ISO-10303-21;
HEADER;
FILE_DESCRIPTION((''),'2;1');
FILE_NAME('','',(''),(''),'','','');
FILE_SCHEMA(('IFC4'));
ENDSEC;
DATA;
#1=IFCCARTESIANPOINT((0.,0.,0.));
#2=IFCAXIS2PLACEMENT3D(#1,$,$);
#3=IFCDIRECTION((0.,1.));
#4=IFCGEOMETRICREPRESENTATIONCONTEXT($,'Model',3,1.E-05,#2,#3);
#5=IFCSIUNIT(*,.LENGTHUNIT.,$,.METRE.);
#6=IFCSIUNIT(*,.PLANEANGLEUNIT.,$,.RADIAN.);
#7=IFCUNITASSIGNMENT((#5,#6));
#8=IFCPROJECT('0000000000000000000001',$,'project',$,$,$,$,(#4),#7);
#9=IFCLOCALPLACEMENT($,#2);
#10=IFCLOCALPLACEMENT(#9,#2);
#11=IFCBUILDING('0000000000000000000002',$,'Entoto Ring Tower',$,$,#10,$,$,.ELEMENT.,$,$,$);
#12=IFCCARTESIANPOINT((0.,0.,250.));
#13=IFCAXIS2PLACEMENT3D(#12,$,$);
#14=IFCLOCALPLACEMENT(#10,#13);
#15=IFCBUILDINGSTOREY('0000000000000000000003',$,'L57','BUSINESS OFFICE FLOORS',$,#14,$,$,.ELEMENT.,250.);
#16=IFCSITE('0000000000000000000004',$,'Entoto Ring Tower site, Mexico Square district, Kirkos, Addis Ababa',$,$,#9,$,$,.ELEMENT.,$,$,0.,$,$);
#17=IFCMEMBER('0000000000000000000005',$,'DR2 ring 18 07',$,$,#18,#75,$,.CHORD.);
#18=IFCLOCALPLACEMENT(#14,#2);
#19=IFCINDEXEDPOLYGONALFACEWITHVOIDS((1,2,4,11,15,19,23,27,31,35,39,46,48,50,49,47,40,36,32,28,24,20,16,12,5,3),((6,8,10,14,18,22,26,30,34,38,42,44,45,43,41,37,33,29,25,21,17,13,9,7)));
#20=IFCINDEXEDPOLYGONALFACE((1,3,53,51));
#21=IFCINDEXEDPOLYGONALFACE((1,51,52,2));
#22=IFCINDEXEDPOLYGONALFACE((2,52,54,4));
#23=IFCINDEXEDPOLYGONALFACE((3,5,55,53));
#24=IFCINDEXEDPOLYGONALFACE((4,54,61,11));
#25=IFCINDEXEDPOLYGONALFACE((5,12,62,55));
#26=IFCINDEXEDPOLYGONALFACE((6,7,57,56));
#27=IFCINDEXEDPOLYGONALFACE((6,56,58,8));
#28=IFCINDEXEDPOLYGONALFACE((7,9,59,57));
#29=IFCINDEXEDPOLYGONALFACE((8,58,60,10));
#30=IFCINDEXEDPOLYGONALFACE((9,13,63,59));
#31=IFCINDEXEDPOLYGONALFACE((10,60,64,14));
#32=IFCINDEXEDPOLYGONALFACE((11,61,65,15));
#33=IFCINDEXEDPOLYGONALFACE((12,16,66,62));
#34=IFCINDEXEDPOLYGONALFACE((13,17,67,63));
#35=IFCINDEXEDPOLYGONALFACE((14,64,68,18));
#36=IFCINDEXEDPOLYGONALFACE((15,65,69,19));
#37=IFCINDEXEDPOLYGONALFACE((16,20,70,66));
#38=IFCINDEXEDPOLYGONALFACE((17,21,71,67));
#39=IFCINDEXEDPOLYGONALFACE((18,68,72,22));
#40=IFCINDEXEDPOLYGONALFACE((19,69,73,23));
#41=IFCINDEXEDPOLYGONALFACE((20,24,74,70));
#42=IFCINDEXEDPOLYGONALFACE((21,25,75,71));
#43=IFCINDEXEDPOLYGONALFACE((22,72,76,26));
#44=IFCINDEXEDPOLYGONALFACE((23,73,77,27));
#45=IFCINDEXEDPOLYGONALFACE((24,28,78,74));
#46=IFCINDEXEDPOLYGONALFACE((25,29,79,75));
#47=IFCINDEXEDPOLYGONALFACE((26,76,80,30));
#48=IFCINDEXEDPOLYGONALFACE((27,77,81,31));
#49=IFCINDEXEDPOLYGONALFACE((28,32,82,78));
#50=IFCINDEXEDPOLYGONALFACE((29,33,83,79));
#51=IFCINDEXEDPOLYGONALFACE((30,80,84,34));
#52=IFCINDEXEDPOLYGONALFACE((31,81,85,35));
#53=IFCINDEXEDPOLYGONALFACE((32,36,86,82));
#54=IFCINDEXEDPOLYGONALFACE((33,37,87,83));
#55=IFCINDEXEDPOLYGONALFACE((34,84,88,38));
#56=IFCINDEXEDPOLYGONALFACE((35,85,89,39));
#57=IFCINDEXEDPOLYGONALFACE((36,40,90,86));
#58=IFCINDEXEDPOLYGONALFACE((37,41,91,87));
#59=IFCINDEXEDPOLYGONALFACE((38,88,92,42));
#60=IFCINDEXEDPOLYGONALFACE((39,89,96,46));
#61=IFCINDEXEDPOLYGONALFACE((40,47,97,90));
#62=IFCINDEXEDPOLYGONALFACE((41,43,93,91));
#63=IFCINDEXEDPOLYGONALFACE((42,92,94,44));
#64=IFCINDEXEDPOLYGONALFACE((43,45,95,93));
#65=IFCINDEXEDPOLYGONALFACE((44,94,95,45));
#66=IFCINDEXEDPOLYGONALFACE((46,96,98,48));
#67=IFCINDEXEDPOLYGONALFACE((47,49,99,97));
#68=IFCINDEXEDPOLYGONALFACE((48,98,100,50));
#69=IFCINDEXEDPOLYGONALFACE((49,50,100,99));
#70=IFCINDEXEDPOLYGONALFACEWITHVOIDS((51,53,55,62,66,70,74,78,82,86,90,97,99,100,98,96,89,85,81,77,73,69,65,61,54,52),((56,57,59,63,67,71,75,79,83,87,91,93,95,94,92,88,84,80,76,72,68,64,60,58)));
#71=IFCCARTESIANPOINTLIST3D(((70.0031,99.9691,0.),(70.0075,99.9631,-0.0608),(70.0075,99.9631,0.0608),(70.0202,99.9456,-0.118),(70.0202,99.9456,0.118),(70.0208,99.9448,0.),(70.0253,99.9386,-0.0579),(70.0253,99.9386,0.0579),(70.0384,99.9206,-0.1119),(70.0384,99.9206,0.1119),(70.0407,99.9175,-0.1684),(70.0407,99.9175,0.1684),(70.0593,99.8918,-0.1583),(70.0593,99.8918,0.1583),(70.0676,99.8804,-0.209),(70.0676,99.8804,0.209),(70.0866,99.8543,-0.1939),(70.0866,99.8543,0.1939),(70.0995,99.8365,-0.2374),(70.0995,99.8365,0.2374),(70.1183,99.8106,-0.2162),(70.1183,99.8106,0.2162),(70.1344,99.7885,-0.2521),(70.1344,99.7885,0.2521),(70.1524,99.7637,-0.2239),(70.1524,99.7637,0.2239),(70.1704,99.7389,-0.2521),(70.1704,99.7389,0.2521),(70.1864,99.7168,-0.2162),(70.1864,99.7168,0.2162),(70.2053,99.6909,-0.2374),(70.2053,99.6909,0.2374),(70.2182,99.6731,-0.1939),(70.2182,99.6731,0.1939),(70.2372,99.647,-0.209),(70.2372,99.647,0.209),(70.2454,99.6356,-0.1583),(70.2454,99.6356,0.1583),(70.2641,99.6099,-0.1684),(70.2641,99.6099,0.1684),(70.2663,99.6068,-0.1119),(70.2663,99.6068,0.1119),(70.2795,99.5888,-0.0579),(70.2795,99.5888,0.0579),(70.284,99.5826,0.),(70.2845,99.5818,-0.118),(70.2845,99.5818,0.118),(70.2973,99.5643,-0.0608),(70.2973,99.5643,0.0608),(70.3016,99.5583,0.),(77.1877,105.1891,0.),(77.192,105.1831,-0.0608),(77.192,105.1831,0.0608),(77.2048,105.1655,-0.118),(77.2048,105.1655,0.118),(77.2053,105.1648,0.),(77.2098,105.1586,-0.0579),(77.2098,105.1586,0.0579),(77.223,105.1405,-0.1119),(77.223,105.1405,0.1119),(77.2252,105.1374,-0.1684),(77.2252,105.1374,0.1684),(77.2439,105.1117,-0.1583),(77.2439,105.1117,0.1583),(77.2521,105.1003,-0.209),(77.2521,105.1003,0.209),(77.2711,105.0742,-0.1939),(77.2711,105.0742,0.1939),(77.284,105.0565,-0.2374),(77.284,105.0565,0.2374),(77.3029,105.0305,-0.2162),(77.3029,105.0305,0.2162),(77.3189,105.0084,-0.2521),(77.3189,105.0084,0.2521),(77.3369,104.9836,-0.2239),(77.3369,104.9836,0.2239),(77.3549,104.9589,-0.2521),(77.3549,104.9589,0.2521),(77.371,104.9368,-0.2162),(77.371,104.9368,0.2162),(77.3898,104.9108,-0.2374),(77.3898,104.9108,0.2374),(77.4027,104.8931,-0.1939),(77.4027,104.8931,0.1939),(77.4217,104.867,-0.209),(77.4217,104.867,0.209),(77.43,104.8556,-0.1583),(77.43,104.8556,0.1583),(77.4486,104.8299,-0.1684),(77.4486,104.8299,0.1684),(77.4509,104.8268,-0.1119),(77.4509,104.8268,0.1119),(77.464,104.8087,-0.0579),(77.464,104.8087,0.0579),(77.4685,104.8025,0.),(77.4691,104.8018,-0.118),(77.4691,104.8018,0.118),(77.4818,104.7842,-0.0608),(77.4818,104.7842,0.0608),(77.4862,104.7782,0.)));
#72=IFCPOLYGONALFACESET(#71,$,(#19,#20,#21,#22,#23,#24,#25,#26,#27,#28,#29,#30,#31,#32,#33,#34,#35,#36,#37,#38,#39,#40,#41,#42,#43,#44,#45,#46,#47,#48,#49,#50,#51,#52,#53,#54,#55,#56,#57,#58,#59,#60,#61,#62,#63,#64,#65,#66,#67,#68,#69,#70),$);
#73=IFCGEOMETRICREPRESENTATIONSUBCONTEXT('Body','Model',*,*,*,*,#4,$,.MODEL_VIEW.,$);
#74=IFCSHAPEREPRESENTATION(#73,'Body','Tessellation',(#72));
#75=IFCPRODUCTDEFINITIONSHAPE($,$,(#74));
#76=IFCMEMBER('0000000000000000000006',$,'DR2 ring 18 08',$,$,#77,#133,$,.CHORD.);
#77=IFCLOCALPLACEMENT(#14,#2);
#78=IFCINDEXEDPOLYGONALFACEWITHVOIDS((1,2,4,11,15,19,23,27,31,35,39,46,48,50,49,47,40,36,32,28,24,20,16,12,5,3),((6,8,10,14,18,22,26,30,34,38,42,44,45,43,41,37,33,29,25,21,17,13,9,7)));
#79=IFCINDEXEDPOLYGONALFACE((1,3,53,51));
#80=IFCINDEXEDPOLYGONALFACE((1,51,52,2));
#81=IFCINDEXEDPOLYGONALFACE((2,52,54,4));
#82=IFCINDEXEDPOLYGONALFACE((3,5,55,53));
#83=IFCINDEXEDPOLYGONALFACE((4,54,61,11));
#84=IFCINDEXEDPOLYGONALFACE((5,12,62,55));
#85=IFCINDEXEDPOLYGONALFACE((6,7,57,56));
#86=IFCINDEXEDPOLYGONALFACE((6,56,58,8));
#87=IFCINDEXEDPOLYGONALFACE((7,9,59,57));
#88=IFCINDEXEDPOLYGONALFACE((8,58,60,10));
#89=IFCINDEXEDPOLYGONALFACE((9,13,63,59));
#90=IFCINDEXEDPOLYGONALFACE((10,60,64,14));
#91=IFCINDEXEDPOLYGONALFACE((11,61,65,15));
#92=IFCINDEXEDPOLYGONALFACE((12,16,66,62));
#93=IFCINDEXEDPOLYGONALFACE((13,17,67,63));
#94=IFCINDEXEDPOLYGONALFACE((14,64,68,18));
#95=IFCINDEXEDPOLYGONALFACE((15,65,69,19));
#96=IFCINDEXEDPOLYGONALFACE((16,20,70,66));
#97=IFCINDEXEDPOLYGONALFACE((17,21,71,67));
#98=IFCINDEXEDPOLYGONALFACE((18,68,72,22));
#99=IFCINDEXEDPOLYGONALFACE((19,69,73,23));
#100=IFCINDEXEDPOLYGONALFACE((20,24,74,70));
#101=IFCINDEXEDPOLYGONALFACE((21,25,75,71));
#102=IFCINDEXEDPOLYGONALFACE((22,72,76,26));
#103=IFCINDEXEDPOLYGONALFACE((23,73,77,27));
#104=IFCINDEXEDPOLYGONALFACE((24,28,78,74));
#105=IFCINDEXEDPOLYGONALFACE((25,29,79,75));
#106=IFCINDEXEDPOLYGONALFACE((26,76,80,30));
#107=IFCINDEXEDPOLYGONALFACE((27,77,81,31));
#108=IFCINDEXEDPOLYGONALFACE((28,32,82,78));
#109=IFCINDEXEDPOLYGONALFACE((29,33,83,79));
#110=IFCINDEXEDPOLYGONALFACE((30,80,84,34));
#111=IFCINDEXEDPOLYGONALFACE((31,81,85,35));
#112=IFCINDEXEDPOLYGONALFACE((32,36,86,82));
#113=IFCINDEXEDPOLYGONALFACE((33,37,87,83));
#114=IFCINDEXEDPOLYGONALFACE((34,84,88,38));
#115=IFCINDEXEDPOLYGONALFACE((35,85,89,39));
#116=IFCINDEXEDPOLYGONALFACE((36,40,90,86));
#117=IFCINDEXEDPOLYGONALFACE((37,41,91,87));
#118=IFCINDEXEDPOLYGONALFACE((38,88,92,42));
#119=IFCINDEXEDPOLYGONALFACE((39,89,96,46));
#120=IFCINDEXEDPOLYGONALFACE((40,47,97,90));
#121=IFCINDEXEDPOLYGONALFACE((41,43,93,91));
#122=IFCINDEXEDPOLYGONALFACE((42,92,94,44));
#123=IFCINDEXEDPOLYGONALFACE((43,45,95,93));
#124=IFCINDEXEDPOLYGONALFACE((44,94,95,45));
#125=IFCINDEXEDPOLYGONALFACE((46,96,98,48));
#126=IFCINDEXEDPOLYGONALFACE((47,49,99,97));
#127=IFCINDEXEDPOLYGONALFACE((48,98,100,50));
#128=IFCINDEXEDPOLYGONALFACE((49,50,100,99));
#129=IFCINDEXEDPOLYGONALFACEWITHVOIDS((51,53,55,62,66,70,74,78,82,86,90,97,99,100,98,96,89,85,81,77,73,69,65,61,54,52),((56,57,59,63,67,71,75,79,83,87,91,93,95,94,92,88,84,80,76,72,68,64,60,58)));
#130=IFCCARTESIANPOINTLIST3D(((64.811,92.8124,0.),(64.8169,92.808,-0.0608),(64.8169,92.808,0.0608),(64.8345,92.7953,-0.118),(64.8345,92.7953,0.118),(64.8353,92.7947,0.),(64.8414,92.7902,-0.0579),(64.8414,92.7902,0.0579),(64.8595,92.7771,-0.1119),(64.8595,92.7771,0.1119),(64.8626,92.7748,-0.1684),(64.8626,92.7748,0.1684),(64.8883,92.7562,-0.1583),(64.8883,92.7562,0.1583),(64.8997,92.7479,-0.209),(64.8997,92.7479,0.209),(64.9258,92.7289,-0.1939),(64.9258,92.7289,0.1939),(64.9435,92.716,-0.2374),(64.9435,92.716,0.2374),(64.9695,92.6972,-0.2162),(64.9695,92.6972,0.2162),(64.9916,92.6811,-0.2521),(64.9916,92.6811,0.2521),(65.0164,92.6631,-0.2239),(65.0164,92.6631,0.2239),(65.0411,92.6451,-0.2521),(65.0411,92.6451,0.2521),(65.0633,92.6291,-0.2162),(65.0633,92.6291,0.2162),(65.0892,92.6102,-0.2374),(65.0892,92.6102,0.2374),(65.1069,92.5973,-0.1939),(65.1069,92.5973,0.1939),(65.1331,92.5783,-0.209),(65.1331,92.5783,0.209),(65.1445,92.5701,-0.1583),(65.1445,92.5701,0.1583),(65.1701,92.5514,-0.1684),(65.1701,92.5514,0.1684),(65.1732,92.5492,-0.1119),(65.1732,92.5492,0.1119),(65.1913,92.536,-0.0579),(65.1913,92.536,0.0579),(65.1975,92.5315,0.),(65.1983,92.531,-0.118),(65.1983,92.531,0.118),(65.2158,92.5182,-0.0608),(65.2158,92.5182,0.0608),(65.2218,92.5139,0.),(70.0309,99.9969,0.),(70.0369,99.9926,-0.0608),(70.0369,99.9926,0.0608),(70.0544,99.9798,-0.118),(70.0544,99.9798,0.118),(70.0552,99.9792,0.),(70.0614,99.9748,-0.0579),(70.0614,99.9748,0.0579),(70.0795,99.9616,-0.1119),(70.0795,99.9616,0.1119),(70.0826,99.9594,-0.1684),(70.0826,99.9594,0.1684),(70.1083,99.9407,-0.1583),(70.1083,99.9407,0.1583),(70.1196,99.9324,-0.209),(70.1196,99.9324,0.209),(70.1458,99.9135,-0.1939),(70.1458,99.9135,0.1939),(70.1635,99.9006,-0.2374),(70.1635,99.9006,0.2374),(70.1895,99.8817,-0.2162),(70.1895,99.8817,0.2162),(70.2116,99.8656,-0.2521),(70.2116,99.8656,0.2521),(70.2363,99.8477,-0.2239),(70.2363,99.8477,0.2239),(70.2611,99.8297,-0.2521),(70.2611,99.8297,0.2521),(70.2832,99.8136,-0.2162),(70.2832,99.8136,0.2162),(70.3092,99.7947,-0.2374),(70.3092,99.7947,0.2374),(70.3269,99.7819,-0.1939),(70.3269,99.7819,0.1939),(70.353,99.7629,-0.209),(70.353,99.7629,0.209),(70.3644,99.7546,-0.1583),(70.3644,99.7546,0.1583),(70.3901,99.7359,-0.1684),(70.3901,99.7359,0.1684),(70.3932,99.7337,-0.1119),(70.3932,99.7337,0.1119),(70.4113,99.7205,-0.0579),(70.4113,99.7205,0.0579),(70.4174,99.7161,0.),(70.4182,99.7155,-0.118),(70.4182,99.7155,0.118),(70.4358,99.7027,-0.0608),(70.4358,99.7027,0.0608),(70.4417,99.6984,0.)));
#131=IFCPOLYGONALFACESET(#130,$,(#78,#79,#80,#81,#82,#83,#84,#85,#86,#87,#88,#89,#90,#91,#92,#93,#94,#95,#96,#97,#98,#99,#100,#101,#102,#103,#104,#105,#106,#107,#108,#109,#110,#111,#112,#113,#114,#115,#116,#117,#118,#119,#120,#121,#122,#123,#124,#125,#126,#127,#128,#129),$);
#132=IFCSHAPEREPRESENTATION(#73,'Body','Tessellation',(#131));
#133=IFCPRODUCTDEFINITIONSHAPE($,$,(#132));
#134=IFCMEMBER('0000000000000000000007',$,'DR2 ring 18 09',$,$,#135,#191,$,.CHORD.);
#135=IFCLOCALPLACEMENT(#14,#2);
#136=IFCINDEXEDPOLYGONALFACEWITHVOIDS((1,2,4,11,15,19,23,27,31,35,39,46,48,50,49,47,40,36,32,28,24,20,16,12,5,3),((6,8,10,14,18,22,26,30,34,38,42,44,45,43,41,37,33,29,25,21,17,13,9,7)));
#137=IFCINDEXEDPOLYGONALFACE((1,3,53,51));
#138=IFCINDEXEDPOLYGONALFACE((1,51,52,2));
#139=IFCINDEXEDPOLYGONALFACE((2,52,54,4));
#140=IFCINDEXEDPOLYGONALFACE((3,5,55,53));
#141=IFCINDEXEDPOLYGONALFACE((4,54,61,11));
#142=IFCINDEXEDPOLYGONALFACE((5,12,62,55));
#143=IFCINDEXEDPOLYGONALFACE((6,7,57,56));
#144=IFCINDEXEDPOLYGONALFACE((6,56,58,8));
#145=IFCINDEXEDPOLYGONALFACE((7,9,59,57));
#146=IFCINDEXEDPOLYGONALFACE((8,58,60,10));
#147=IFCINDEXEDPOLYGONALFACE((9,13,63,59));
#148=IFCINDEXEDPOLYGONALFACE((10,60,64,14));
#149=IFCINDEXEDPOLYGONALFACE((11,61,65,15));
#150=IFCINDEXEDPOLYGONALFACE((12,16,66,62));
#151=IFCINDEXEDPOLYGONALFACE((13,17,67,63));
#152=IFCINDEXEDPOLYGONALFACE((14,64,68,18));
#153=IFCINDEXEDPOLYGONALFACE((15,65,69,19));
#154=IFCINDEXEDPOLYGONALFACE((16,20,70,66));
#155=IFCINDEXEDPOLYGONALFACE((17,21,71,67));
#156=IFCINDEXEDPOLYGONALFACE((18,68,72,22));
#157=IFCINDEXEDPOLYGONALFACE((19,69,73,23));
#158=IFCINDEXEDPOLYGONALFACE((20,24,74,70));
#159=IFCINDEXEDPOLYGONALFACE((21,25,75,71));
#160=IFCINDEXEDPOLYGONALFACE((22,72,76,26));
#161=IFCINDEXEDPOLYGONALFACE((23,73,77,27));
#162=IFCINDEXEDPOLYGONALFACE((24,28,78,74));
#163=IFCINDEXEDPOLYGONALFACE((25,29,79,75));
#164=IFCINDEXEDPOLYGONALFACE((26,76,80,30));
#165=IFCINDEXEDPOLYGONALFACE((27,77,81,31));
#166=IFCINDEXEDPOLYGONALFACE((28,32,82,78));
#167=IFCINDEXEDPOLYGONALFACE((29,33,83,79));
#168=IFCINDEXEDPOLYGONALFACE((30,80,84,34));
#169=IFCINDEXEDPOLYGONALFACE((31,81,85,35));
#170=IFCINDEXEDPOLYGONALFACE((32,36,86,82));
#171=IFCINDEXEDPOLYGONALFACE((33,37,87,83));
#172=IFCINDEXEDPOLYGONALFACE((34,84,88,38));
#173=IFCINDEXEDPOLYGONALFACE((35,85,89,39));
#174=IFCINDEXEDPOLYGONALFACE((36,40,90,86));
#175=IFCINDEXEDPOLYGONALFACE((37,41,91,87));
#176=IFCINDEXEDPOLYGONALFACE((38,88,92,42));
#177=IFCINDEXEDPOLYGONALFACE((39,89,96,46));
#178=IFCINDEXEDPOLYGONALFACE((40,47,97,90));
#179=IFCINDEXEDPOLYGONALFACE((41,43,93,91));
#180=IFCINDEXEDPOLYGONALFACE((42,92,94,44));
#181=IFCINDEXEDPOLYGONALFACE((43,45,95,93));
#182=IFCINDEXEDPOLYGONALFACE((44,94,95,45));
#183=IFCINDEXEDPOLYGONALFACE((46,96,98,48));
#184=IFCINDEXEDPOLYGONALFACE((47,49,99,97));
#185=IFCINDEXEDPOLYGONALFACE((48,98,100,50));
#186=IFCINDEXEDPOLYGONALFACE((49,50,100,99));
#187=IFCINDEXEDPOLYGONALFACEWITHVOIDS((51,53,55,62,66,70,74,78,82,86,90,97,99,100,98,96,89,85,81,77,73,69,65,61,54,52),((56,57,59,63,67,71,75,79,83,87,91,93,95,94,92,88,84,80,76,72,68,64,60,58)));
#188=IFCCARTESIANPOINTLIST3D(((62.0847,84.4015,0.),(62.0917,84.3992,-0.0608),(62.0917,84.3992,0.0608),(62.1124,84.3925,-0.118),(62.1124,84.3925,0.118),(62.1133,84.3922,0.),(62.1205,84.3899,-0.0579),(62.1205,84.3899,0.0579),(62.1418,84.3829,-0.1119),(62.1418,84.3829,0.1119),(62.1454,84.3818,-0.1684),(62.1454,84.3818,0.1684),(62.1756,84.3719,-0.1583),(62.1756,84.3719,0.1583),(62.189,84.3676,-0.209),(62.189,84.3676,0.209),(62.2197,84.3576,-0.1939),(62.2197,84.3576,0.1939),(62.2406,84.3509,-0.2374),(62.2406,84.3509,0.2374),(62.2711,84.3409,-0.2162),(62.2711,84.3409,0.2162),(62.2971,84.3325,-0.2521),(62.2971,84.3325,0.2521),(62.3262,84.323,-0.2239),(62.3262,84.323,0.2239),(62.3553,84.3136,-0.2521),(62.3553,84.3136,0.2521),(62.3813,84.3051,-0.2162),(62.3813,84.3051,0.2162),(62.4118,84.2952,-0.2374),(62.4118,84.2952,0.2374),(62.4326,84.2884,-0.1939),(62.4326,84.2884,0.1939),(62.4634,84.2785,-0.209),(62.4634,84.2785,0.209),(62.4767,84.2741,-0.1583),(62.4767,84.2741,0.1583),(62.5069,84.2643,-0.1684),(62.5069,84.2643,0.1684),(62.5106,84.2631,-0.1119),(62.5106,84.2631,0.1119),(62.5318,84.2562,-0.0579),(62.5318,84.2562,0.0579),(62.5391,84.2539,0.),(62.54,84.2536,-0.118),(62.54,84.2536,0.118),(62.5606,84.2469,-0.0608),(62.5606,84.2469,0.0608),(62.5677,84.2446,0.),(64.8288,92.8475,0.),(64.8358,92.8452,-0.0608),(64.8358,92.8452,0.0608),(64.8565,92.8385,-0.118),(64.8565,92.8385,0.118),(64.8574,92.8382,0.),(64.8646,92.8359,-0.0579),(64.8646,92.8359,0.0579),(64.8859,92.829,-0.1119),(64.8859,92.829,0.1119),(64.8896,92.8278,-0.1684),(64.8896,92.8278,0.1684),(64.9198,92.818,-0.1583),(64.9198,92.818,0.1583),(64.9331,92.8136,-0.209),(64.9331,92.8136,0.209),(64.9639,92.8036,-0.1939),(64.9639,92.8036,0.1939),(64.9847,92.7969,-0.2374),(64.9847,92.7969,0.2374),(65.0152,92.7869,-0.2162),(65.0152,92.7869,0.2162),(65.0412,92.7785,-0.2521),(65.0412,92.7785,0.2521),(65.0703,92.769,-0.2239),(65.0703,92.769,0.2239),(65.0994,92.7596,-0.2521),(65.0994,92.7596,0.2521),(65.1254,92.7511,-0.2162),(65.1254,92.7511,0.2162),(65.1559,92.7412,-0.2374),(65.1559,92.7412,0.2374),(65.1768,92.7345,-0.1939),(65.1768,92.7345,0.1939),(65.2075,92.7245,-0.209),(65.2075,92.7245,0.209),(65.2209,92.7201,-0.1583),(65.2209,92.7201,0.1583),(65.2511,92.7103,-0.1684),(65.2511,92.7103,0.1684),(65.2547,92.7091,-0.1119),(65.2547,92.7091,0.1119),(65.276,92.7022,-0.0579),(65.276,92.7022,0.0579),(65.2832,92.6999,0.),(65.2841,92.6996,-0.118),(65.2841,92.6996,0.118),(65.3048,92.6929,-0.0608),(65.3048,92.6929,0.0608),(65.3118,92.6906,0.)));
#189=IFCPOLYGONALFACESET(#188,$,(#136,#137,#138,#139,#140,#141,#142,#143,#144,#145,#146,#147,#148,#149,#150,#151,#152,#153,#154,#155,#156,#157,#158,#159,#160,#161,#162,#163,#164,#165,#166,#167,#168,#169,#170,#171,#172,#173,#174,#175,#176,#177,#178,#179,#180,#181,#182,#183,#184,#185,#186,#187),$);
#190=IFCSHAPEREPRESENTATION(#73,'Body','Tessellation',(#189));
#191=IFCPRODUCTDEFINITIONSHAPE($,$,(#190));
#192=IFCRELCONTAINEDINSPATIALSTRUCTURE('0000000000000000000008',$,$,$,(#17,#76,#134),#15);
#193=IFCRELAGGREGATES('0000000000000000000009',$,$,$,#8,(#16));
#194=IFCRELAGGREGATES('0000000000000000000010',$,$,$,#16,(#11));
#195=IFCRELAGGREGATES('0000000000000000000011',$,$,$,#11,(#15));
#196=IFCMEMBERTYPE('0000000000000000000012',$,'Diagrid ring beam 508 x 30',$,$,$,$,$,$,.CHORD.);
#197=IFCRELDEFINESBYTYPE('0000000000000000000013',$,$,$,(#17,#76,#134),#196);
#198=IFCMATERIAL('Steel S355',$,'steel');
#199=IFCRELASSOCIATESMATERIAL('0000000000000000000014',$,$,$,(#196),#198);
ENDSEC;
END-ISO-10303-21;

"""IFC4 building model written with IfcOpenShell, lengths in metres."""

from ifc_helpers import new_model, si_unit, direction, frame, origin, origin_2d, place, context, subcontext, project, spatial, circle, hollow_circle, extrude, material, material_profile, profile_set, type_object, element, save


model = new_model("IFC4")

# Units and contexts
model_context = context("Model", 3, precision=1e-05, world=origin(), true_north=direction((0.0, 1.0)))
body_context = subcontext(model_context, "Body", "Model", "MODEL_VIEW")
ifc_project = project(units=[si_unit("LENGTHUNIT", "METRE"), si_unit("PLANEANGLEUNIT", "RADIAN")], contexts=[model_context])

# Site, building, storey
site_placement = place(None, origin())
site = spatial("IfcSite", under=ifc_project, at=site_placement, Name="Entoto Ring Tower site, Mexico Square district, Kirkos, Addis Ababa", CompositionType="ELEMENT", RefElevation=0.0)
building_placement = place(site_placement, origin())
building = spatial("IfcBuilding", under=site, at=building_placement, Name="Entoto Ring Tower", CompositionType="ELEMENT")
storey_placement = place(building_placement, frame((0.0, 0.0, 250.0)))
storey = spatial("IfcBuildingStorey", under=building, at=storey_placement, Name="L57", Description="BUSINESS OFFICE FLOORS", CompositionType="ELEMENT", Elevation=250.0)

# Members
ifc_material_1 = material(Name="Steel S355", Category="steel")
ifc_material_profile_1 = material_profile(ifc_material_1, hollow_circle(Radius=0.2539, WallThickness=0.03, at=origin_2d()), Name="CHS 508 x 30")
ifc_material_2 = material(Name="Concrete C60/75", Category="concrete")
ifc_material_profile_2 = material_profile(ifc_material_2, circle(Radius=0.2241, at=origin_2d()), Name="Concrete C60/75 infill")
ifc_profile_set_1 = profile_set([ifc_material_profile_1, ifc_material_profile_2], Name="Steel S355")
member_type_1 = type_object("IfcMemberType", Name="Diagrid ring beam 508 x 30", PredefinedType="CHORD", material=ifc_profile_set_1)
for number, where, z_axis, x_axis, name in (
    (1, (77.3369, 104.9836, 0.0), (-0.809013, -0.587791, 0.0), (0.587791, -0.809013, 0.0), "DR2 ring 18 07"),
    (2, (70.2363, 99.8477, 0.0), (-0.587791, -0.809013, 0.0), (0.809013, -0.587791, 0.0), "DR2 ring 18 08"),
    (3, (65.0703, 92.769, 0.0), (-0.309002, -0.951061, 0.0), (0.951061, -0.309002, 0.0), "DR2 ring 18 09"),
):
    element("IfcMember", number, at=place(storey_placement, frame(where, z_axis=z_axis, x_axis=x_axis)), inside=storey, type_object=member_type_1, Name=name, PredefinedType="CHORD", context=body_context, shape_type="SweptSolid", body=[
        extrude(hollow_circle(Radius=0.2539, WallThickness=0.03, at=origin_2d()), origin(), (0.0, 0.0, 1.0), 8.8806),
    ])

save(model, "model.ifc")
